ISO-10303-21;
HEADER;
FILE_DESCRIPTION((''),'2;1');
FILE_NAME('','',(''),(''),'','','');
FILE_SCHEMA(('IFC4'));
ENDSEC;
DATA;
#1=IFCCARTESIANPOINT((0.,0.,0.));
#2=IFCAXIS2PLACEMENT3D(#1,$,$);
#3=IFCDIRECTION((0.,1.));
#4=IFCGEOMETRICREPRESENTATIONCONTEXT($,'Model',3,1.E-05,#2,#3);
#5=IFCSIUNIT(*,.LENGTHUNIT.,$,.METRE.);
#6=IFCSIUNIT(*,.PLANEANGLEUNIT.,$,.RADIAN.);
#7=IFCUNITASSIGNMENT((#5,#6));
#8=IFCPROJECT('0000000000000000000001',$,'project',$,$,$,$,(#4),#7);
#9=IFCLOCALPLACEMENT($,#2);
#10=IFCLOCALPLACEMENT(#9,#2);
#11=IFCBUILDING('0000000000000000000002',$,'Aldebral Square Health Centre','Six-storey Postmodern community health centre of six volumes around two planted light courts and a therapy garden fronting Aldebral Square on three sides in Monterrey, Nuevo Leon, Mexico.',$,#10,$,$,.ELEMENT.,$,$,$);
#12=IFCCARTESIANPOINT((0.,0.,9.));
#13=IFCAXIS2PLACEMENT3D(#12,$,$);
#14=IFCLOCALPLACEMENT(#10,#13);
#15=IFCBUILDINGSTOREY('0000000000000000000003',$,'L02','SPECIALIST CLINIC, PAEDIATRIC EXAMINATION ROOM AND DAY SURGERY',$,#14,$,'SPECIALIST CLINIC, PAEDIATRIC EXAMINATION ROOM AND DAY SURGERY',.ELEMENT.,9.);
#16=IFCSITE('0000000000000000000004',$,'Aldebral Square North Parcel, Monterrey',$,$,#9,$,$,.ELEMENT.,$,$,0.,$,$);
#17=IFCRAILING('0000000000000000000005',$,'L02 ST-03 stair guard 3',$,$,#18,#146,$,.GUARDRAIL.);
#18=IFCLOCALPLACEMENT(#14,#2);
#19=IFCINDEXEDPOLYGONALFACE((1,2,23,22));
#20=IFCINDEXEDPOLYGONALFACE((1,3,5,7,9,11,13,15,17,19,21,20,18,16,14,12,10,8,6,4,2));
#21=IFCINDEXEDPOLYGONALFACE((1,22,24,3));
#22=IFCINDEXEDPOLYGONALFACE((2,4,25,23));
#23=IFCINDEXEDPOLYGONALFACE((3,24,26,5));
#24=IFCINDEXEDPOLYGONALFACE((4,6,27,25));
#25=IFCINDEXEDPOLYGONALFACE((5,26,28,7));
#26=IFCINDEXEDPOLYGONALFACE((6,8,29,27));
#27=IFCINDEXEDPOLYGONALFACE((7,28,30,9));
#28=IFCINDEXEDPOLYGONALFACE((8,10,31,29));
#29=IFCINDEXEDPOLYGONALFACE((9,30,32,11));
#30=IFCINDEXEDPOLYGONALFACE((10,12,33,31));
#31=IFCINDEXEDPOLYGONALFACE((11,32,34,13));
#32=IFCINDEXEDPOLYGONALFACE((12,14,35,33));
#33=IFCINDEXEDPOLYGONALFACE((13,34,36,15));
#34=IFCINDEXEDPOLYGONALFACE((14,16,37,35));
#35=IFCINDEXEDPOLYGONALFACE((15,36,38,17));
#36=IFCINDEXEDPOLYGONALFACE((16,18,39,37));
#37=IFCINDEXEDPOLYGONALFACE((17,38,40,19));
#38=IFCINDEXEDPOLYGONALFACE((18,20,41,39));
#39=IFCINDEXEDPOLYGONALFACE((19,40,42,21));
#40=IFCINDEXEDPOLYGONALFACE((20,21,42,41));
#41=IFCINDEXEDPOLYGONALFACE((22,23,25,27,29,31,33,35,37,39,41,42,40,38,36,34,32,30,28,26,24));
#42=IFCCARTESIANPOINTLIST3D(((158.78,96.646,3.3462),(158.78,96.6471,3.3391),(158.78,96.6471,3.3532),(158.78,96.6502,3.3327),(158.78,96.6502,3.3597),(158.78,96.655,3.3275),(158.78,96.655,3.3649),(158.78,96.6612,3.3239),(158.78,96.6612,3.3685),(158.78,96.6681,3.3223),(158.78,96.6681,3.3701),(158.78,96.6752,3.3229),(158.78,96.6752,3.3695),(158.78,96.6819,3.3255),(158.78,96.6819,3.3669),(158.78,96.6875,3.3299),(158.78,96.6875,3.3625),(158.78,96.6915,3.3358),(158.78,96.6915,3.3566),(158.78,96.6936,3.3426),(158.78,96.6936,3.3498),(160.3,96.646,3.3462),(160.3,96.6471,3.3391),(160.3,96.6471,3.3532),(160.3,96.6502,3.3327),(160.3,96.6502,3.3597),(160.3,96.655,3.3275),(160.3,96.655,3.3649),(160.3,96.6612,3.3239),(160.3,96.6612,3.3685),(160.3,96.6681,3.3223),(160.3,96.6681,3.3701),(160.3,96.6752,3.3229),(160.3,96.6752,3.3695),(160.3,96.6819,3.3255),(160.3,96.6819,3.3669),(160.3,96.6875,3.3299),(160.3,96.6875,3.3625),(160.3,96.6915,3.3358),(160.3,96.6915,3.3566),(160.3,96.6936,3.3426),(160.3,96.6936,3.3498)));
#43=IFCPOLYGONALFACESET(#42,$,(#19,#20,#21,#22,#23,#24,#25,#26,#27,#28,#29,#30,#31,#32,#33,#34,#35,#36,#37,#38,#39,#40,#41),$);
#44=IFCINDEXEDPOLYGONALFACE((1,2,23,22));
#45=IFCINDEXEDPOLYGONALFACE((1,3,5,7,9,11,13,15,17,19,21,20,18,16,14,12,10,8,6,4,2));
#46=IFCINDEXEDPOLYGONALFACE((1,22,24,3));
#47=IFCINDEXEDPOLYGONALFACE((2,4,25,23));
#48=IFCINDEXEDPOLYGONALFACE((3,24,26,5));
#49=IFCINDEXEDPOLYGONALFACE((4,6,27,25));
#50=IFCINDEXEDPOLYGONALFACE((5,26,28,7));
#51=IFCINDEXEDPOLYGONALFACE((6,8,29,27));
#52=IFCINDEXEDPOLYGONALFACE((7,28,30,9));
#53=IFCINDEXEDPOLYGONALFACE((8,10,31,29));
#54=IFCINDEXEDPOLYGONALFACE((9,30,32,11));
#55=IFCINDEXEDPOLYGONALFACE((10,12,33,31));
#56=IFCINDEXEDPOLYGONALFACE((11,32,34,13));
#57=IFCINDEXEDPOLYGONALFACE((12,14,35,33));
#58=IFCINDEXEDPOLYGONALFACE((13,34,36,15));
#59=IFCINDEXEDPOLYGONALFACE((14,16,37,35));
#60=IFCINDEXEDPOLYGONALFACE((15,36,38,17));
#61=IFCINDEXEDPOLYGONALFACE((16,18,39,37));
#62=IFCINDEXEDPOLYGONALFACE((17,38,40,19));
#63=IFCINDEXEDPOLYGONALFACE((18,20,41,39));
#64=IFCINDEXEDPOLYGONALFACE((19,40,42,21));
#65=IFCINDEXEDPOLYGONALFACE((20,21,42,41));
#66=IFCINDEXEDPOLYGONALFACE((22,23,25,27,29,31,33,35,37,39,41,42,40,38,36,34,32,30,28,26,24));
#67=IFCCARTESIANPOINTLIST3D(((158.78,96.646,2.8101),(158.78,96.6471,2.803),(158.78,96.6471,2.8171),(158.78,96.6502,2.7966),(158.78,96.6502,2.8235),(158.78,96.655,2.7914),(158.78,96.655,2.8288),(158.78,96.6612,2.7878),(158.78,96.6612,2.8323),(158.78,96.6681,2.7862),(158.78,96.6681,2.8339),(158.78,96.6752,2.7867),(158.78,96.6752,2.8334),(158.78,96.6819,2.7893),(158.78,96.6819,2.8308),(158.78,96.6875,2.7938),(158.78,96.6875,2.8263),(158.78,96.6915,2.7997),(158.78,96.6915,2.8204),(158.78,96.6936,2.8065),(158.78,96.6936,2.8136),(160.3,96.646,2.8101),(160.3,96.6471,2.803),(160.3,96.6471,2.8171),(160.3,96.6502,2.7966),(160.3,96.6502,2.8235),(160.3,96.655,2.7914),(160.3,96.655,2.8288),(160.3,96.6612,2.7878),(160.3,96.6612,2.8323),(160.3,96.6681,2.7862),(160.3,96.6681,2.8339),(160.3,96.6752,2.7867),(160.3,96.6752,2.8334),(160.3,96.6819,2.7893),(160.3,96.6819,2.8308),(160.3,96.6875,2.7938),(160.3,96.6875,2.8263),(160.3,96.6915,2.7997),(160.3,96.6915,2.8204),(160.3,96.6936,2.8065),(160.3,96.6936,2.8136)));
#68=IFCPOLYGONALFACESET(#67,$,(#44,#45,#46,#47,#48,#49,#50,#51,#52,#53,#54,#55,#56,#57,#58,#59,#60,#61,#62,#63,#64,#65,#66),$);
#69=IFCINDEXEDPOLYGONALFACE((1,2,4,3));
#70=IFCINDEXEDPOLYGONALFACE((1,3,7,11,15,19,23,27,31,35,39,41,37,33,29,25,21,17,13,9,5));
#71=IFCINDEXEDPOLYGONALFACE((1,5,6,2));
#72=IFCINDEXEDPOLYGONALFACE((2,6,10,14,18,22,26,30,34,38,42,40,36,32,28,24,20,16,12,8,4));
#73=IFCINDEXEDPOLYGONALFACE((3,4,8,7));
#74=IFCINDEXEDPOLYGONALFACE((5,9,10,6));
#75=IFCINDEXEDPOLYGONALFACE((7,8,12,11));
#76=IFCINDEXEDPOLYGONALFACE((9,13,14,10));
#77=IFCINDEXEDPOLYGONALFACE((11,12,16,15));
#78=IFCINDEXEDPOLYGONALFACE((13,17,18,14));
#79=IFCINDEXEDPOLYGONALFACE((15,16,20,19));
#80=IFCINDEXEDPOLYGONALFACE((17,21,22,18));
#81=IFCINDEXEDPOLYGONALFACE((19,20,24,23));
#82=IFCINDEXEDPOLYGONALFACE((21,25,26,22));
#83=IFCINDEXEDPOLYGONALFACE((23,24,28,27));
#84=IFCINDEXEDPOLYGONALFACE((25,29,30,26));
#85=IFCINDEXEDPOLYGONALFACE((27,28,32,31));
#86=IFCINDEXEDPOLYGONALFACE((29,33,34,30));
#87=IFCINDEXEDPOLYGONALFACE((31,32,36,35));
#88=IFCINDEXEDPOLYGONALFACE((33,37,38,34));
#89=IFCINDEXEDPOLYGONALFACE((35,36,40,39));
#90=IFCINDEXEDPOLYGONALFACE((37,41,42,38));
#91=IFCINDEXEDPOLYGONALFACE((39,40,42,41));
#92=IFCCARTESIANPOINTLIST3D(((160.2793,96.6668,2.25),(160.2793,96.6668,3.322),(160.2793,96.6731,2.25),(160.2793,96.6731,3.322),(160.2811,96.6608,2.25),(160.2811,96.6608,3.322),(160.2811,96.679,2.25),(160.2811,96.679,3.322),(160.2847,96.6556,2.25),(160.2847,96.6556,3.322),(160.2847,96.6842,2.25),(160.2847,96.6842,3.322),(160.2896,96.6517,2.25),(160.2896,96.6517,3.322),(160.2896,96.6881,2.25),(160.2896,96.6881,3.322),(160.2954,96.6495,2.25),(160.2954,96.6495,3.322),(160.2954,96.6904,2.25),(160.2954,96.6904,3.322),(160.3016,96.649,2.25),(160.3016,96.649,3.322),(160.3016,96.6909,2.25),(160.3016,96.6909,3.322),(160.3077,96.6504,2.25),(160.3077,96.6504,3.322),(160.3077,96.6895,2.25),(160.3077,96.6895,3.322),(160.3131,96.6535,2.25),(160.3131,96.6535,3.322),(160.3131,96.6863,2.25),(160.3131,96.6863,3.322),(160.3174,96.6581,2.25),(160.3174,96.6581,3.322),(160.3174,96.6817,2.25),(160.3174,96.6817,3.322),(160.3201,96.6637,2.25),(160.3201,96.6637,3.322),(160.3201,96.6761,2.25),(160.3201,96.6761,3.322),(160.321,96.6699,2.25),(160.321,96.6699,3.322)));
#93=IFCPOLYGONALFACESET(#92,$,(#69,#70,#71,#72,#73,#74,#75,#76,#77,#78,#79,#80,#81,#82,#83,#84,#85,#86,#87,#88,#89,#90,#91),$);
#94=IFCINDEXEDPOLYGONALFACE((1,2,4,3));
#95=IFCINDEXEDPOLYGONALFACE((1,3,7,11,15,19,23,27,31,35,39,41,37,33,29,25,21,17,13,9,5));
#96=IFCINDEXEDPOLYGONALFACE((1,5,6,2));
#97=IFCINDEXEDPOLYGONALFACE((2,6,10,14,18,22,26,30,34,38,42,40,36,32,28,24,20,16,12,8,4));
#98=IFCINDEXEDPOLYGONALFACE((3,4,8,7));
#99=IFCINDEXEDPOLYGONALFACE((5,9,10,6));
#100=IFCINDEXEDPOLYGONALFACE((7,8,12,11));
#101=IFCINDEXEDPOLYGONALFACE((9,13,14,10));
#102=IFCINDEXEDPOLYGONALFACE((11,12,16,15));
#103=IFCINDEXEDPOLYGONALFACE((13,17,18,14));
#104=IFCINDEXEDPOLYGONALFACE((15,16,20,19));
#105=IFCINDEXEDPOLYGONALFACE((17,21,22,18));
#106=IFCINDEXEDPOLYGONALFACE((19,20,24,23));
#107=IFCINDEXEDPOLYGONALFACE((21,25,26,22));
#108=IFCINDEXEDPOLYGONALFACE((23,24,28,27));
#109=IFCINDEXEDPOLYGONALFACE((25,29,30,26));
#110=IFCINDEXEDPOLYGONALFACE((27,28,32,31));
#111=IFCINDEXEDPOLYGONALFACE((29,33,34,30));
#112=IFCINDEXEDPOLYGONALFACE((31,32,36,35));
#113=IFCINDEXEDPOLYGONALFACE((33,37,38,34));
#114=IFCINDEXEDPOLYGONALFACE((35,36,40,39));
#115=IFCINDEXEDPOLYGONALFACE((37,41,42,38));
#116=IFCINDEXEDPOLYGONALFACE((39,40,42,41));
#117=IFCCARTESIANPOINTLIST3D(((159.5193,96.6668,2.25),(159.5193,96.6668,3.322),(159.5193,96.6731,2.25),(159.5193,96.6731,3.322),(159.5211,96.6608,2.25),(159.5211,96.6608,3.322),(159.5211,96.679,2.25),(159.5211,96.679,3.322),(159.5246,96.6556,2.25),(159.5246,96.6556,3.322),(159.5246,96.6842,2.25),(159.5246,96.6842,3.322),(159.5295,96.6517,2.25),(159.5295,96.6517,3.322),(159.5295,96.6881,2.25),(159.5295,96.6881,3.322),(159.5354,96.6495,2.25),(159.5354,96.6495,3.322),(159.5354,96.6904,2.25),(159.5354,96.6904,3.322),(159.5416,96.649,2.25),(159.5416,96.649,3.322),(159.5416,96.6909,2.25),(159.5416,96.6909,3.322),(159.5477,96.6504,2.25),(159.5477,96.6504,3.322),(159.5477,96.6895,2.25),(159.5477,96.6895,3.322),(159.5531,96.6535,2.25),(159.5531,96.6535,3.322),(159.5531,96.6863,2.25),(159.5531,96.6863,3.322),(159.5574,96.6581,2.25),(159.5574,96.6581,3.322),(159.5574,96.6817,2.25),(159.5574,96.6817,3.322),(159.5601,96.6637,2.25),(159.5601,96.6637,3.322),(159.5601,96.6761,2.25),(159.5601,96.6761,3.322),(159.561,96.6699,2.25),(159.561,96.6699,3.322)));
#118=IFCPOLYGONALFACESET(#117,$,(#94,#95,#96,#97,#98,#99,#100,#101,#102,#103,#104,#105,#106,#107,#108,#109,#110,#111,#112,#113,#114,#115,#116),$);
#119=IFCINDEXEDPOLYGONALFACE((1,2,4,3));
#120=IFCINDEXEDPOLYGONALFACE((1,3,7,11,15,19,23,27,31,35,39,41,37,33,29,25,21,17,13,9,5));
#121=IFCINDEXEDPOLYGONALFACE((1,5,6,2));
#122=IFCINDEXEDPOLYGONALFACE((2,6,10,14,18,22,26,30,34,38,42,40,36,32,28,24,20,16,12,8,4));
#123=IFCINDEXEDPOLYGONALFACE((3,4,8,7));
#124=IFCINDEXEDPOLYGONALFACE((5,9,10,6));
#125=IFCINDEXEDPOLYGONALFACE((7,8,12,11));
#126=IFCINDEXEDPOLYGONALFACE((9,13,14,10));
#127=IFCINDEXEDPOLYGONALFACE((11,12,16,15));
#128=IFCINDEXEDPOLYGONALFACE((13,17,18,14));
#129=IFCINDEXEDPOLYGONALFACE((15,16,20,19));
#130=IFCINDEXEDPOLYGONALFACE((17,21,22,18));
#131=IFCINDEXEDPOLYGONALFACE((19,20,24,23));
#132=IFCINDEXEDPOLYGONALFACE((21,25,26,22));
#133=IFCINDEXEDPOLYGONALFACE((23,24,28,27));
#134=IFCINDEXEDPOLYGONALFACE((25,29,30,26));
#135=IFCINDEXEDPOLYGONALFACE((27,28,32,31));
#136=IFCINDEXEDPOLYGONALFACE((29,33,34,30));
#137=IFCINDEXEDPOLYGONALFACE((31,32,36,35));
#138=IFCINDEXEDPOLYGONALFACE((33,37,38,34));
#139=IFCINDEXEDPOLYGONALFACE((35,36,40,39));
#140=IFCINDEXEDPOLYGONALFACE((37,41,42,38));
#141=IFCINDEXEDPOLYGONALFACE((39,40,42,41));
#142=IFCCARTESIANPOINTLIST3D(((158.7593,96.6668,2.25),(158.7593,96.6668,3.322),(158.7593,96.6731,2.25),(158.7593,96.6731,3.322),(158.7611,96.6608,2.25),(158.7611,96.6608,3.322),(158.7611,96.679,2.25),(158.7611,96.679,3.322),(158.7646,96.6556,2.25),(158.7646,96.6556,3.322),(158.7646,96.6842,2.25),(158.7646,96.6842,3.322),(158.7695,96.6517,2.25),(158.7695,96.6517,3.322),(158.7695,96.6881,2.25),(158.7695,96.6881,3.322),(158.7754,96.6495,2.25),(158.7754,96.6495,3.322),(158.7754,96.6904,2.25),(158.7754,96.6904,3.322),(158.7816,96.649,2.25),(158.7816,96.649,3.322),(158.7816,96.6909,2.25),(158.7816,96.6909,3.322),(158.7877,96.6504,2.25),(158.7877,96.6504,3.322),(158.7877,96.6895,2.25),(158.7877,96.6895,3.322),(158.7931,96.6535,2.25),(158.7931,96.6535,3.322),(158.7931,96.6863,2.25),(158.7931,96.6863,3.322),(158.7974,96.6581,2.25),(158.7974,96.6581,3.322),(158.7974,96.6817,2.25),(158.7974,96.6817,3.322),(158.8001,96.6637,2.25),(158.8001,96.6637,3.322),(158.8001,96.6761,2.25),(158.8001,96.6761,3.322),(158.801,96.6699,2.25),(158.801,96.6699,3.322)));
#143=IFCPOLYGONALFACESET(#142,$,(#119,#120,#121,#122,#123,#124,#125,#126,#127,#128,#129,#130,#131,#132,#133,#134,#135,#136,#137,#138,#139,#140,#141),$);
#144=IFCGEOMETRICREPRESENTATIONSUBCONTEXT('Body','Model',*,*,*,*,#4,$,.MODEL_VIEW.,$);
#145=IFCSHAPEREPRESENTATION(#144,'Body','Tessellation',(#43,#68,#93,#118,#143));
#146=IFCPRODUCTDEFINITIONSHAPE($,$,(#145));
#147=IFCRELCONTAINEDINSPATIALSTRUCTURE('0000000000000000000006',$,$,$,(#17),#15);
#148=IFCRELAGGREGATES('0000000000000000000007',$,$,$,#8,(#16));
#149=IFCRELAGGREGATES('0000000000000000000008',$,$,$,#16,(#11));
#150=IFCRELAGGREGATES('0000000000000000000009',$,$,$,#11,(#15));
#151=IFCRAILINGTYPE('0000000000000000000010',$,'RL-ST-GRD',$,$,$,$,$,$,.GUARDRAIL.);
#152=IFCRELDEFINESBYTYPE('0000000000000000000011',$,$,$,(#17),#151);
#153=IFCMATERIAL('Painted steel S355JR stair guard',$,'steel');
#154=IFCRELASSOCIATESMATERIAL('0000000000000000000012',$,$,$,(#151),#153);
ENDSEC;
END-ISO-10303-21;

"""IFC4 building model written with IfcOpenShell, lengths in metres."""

from ifc_helpers import new_model, si_unit, direction, frame, origin, origin_2d, place, context, subcontext, project, spatial, circle, extrude, material, type_object, element, save


model = new_model("IFC4")

# Units and contexts
model_context = context("Model", 3, precision=1e-05, world=origin(), true_north=direction((0.0, 1.0)))
body_context = subcontext(model_context, "Body", "Model", "MODEL_VIEW")
ifc_project = project(units=[si_unit("LENGTHUNIT", "METRE"), si_unit("PLANEANGLEUNIT", "RADIAN")], contexts=[model_context])

# Site, building, storey
site_placement = place(None, origin())
site = spatial("IfcSite", under=ifc_project, at=site_placement, Name="Aldebral Square North Parcel, Monterrey", CompositionType="ELEMENT", RefElevation=0.0)
building_placement = place(site_placement, origin())
building = spatial("IfcBuilding", under=site, at=building_placement, Name="Aldebral Square Health Centre", Description="Six-storey Postmodern community health centre of six volumes around two planted light courts and a therapy garden fronting Aldebral Square on three sides in Monterrey, Nuevo Leon, Mexico.", CompositionType="ELEMENT")
storey_placement = place(building_placement, frame((0.0, 0.0, 9.0)))
storey = spatial("IfcBuildingStorey", under=building, at=storey_placement, Name="L02", Description="SPECIALIST CLINIC, PAEDIATRIC EXAMINATION ROOM AND DAY SURGERY", LongName="SPECIALIST CLINIC, PAEDIATRIC EXAMINATION ROOM AND DAY SURGERY", CompositionType="ELEMENT", Elevation=9.0)

# Railing
ifc_material_1 = material(Name="Painted steel S355JR stair guard", Category="steel")
railing_type_1 = type_object("IfcRailingType", Name="RL-ST-GRD", PredefinedType="GUARDRAIL", material=ifc_material_1)
railing_1_placement = place(storey_placement, frame((160.3, 96.6699, 2.25)))
element("IfcRailing", 1, at=railing_1_placement, inside=storey, type_object=railing_type_1, Name="L02 ST-03 stair guard 3", PredefinedType="GUARDRAIL", context=body_context, shape_type="SweptSolid", body=[
    extrude(circle(Radius=0.0239, at=origin_2d()), frame((0.0, 0.0, 1.0962), z_axis=(-1.0, 0.0, 0.0), x_axis=(0.0, -1.0, 0.0)), (0.0, 0.0, 1.0), 1.52),
    extrude(circle(Radius=0.0239, at=origin_2d()), frame((0.0, 0.0, 0.5601), z_axis=(-1.0, 0.0, 0.0), x_axis=(0.0, -1.0, 0.0)), (0.0, 0.0, 1.0), 1.52),
    extrude(circle(Radius=0.021, at=origin_2d()), origin(), (0.0, 0.0, 1.0), 1.072),
    extrude(circle(Radius=0.021, at=origin_2d()), frame((-0.76, 0.0, 0.0)), (0.0, 0.0, 1.0), 1.072),
    extrude(circle(Radius=0.021, at=origin_2d()), frame((-1.52, 0.0, 0.0)), (0.0, 0.0, 1.0), 1.072),
])

save(model, "model.ifc")
